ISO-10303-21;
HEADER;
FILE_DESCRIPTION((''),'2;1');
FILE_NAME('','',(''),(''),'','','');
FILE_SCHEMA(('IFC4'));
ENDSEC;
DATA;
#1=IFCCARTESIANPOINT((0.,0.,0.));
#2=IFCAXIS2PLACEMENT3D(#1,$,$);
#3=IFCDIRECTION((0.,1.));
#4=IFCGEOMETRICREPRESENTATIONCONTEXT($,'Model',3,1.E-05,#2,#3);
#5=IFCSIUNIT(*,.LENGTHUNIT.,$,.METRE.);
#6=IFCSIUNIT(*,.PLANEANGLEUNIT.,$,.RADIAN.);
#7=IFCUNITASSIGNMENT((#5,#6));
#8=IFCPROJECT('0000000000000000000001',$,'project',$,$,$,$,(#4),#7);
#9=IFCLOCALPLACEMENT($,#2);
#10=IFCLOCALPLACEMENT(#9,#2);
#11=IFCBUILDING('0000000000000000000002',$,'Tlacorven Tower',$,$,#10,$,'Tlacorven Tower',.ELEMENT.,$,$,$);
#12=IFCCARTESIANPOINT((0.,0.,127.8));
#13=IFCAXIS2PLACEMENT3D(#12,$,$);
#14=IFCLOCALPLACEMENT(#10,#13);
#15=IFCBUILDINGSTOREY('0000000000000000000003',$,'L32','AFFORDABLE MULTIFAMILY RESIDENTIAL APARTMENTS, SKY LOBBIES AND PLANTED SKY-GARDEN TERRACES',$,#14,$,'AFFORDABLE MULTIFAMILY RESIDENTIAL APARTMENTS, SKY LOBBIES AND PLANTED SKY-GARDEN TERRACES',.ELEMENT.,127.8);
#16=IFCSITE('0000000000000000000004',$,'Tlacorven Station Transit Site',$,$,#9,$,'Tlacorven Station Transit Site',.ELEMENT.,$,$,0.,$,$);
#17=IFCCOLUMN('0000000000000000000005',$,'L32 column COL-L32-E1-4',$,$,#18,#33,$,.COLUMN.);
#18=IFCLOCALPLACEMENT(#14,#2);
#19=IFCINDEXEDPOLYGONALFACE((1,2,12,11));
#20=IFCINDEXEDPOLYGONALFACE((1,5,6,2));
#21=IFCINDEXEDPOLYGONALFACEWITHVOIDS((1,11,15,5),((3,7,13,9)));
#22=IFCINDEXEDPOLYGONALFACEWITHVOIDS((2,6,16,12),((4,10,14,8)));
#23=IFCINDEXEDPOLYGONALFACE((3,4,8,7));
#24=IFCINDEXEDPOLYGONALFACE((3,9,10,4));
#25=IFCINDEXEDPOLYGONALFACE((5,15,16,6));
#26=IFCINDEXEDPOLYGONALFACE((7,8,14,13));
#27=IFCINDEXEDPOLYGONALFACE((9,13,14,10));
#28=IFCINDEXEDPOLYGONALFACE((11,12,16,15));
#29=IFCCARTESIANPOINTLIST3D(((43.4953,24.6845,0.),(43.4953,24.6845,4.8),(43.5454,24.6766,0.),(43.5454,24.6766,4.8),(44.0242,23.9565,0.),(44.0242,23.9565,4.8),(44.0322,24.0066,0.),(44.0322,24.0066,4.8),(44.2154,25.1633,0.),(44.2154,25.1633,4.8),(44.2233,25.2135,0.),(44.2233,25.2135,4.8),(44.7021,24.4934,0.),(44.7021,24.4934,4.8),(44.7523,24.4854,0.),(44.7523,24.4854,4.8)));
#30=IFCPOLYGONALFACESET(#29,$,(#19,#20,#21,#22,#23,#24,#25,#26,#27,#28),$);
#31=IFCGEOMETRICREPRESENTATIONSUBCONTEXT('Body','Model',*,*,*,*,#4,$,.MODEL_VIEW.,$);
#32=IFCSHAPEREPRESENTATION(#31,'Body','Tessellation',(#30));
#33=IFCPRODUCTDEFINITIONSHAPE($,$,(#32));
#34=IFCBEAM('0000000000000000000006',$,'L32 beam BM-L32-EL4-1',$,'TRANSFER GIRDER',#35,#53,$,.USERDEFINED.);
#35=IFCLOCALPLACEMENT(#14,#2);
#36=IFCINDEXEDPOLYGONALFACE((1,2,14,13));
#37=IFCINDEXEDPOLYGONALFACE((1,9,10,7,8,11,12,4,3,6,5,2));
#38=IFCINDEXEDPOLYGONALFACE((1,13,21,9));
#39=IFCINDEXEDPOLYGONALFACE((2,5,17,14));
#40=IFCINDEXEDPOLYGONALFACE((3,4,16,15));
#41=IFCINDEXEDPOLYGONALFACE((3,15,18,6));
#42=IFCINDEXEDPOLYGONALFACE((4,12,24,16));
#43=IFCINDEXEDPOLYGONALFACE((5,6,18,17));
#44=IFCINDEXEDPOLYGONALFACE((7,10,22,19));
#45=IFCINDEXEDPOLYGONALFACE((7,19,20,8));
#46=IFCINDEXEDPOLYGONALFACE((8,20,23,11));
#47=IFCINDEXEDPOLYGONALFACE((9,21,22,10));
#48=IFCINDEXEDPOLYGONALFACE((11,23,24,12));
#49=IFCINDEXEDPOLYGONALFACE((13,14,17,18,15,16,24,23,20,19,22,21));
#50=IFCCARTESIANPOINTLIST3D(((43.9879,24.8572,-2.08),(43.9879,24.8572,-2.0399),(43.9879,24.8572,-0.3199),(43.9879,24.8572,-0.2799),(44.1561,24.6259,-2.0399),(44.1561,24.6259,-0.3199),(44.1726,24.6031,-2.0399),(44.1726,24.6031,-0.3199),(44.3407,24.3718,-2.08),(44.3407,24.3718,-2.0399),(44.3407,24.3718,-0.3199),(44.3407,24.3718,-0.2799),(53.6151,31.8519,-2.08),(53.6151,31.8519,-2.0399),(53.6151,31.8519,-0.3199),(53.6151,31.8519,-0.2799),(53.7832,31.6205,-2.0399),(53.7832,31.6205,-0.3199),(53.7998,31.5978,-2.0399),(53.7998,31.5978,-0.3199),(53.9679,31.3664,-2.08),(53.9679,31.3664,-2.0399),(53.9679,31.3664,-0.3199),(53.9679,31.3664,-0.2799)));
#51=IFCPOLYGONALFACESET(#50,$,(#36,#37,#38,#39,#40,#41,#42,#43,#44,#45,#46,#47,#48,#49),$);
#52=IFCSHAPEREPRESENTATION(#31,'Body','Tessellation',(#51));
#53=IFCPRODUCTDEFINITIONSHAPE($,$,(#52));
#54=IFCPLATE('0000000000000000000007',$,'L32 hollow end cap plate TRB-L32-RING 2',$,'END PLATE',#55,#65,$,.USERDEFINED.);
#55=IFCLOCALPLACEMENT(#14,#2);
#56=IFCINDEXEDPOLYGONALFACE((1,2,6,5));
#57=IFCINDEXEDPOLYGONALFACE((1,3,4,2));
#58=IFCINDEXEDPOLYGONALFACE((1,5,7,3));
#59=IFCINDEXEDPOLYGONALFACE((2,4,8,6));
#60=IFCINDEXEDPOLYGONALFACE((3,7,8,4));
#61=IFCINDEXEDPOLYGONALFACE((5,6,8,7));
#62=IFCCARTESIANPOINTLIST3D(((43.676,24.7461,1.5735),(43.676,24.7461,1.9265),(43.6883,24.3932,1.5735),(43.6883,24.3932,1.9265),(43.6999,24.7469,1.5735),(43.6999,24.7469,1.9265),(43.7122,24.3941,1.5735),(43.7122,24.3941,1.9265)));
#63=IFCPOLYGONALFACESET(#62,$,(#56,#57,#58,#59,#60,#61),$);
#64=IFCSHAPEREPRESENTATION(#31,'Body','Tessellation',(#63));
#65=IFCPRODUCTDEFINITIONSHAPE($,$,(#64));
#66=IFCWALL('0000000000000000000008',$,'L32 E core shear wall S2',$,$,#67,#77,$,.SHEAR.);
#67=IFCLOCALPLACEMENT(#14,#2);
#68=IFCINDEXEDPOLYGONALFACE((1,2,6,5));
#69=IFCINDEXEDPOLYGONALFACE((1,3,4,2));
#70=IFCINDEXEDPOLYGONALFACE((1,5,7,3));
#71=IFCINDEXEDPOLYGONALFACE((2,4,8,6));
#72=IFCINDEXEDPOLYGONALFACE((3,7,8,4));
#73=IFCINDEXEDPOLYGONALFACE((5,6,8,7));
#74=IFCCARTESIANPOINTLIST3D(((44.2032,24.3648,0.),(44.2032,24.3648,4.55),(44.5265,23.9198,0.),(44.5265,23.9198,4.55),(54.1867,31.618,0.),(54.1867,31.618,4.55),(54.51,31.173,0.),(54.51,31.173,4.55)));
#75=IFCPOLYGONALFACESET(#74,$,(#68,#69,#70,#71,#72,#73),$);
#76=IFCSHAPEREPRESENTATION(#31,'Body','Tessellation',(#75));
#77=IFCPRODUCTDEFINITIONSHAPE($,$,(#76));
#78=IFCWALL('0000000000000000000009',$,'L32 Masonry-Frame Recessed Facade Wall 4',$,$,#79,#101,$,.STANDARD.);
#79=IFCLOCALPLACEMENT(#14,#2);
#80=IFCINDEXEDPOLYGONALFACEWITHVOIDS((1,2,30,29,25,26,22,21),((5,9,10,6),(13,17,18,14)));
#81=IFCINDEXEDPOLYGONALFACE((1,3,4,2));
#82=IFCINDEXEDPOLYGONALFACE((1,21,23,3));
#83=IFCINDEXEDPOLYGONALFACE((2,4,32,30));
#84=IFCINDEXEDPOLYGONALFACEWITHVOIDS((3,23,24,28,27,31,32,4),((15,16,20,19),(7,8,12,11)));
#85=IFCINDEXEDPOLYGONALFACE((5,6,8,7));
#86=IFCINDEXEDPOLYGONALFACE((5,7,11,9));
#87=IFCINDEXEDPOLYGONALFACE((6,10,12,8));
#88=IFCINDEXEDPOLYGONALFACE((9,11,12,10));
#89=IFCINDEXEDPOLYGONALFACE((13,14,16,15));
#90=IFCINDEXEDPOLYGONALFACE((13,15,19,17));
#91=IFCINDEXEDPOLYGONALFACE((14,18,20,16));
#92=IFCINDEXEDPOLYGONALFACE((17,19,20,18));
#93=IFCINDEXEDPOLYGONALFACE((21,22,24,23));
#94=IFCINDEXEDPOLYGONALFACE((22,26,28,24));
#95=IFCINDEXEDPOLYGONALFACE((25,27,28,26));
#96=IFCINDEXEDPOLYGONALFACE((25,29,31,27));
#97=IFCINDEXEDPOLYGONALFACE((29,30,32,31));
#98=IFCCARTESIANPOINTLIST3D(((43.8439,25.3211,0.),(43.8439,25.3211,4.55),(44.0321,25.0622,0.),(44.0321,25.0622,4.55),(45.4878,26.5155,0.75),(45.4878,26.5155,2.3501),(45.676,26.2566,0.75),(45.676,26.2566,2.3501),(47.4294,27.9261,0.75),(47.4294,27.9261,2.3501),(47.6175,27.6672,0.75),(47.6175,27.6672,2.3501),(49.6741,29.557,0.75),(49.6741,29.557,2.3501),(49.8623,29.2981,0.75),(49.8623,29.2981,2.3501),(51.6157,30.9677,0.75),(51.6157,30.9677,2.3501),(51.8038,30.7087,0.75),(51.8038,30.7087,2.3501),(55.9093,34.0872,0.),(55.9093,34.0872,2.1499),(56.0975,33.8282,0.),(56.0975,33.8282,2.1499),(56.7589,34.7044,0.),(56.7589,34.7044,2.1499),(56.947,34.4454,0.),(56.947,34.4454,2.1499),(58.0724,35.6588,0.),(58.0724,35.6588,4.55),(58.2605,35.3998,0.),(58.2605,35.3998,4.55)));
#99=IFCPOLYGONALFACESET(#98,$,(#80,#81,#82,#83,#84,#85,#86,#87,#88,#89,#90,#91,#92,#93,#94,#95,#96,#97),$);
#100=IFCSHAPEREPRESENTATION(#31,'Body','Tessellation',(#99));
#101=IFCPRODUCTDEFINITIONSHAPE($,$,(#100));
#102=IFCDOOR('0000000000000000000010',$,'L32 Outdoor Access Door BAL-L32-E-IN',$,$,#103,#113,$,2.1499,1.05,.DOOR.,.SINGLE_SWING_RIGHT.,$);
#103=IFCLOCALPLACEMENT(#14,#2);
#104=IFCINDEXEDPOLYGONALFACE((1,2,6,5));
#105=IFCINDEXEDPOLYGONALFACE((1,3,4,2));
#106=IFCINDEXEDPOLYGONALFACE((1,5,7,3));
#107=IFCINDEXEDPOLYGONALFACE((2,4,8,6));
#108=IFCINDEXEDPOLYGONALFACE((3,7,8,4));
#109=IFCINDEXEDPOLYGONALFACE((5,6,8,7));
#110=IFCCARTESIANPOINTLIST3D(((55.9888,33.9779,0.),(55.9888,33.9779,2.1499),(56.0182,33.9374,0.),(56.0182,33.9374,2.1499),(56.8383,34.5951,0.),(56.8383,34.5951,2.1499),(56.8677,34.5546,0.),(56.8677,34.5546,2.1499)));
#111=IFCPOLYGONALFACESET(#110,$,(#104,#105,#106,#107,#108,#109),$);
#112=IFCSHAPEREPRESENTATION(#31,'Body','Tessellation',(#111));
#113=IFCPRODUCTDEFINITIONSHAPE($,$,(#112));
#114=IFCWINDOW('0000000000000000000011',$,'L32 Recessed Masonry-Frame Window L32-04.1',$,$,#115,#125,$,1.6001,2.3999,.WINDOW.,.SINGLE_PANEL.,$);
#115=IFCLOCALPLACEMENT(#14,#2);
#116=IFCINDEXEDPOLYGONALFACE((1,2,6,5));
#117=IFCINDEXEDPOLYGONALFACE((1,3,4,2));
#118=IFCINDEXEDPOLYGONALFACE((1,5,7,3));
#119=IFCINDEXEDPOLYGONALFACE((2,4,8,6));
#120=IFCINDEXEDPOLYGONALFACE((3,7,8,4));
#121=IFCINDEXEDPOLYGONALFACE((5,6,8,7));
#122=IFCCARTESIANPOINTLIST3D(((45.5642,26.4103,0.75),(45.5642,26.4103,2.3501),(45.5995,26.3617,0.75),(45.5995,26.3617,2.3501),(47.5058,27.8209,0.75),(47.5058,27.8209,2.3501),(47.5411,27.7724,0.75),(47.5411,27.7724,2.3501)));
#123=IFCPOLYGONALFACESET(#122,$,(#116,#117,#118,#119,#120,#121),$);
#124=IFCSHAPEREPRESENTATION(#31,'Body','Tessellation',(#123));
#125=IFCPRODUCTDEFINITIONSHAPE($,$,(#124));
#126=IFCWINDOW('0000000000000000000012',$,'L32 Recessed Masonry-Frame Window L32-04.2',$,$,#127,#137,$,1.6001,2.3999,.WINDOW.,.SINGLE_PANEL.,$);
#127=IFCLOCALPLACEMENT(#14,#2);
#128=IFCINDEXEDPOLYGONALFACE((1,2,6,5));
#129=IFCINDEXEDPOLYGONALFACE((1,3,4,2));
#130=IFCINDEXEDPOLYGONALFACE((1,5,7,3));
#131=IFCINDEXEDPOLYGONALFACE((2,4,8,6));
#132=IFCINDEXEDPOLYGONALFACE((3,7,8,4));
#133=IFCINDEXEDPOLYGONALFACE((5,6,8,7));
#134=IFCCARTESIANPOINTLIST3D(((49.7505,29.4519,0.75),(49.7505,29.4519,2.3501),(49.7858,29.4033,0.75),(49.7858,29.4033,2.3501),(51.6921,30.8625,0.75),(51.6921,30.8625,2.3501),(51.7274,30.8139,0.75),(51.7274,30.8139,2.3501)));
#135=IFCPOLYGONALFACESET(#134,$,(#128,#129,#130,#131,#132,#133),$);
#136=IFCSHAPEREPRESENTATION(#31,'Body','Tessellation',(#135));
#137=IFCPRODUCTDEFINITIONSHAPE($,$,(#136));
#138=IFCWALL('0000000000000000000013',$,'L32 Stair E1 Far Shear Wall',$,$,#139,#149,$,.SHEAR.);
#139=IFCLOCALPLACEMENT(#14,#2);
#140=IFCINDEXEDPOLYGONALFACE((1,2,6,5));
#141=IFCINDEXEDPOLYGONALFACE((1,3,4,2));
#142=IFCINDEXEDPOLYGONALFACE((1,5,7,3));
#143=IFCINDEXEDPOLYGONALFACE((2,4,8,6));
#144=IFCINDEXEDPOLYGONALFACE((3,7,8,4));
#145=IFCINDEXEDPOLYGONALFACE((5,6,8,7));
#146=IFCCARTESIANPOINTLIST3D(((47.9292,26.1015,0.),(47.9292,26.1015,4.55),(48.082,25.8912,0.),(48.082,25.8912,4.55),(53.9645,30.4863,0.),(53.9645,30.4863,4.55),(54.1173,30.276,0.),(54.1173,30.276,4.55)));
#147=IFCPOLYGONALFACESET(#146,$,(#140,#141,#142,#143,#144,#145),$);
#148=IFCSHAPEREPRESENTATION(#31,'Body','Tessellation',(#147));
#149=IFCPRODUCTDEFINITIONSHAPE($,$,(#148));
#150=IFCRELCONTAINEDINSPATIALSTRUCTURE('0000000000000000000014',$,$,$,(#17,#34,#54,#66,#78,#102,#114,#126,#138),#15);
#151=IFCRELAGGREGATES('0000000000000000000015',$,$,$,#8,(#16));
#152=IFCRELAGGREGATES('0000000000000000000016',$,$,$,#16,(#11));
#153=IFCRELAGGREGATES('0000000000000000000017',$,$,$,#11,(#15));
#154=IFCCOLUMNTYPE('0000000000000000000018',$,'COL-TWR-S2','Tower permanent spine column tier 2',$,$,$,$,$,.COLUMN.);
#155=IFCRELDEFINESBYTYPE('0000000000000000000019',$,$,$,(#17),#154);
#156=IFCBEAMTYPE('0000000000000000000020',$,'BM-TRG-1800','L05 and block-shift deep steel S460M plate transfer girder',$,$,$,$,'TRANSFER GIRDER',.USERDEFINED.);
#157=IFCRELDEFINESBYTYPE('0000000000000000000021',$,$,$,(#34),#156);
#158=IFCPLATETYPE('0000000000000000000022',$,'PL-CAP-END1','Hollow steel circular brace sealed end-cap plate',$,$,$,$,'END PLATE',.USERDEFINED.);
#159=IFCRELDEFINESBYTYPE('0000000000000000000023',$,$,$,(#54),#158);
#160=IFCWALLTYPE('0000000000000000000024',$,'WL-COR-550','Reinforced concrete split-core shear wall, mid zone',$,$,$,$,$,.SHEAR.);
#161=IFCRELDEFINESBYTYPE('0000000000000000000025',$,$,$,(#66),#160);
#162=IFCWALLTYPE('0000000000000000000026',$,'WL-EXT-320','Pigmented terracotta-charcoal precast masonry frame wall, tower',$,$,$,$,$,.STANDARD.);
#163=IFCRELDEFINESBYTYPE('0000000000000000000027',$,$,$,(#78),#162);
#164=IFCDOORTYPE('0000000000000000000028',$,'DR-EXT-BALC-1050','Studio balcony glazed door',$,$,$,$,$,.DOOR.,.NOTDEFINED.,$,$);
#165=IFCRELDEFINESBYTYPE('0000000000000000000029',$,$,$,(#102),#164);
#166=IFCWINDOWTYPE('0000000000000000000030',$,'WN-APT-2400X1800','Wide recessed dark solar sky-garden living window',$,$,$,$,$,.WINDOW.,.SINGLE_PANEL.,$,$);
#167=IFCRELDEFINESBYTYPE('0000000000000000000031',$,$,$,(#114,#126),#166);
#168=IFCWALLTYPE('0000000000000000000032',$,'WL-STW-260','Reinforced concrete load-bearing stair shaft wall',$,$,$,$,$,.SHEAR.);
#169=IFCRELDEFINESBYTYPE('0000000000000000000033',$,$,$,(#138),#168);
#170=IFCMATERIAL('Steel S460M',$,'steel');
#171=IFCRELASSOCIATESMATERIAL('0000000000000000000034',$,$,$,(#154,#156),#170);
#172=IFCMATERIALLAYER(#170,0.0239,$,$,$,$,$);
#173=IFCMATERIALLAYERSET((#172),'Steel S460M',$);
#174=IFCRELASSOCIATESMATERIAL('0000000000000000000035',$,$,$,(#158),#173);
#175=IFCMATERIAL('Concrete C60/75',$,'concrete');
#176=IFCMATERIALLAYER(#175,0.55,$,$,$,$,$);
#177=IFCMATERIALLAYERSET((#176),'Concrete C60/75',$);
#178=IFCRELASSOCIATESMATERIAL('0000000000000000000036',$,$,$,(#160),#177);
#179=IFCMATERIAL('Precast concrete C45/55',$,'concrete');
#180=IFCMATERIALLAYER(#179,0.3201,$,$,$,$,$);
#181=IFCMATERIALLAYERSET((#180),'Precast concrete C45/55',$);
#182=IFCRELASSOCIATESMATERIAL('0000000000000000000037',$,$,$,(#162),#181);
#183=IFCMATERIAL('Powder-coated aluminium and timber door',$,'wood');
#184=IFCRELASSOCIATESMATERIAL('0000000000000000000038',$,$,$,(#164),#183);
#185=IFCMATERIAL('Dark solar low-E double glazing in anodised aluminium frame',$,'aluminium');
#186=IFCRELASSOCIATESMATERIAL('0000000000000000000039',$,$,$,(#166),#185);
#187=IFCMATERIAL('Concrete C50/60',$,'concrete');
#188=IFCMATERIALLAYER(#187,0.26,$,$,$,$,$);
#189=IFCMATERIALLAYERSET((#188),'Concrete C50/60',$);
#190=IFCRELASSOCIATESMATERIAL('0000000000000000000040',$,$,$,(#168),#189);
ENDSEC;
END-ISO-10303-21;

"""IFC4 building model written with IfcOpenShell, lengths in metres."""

from ifc_helpers import new_model, si_unit, direction, frame, frame_2d, origin, origin_2d, place, context, subcontext, project, spatial, rectangle, hollow_rectangle, i_section, extrude, source, transform, mapped, material, layer, layer_set, material_profile, profile_set, type_object, element, fill, save


model = new_model("IFC4")

# Units and contexts
model_context = context("Model", 3, precision=1e-05, world=origin(), true_north=direction((0.0, 1.0)))
body_context = subcontext(model_context, "Body", "Model", "MODEL_VIEW")
ifc_project = project(units=[si_unit("LENGTHUNIT", "METRE"), si_unit("PLANEANGLEUNIT", "RADIAN")], contexts=[model_context])

# Site, building, storey
site_placement = place(None, origin())
site = spatial("IfcSite", under=ifc_project, at=site_placement, Name="Tlacorven Station Transit Site", LongName="Tlacorven Station Transit Site", CompositionType="ELEMENT", RefElevation=0.0)
building_placement = place(site_placement, origin())
building = spatial("IfcBuilding", under=site, at=building_placement, Name="Tlacorven Tower", LongName="Tlacorven Tower", CompositionType="ELEMENT")
storey_placement = place(building_placement, frame((0.0, 0.0, 127.8)))
storey = spatial("IfcBuildingStorey", under=building, at=storey_placement, Name="L32", Description="AFFORDABLE MULTIFAMILY RESIDENTIAL APARTMENTS, SKY LOBBIES AND PLANTED SKY-GARDEN TERRACES", LongName="AFFORDABLE MULTIFAMILY RESIDENTIAL APARTMENTS, SKY LOBBIES AND PLANTED SKY-GARDEN TERRACES", CompositionType="ELEMENT", Elevation=127.8)

# Column
ifc_material_1 = material(Name="Steel S460M", Category="steel")
ifc_material_profile_1 = material_profile(ifc_material_1, hollow_rectangle(XDim=0.8999, YDim=0.8999, WallThickness=0.0359, at=origin_2d()), Name="BOX 900X900X36")
ifc_profile_set_1 = profile_set([ifc_material_profile_1], Name="Steel S460M")
column_type = type_object("IfcColumnType", Name="COL-TWR-S2", Description="Tower permanent spine column tier 2", PredefinedType="COLUMN", material=ifc_profile_set_1)
shared_shape_1 = source(origin(), body_context, "Body", "SweptSolid", [
    extrude(hollow_rectangle(XDim=0.8999, YDim=0.8999, WallThickness=0.0359, at=origin_2d()), origin(), (0.0, 0.0, 1.0), 4.8),
])
column_placement = place(storey_placement, frame((44.1238, 24.585, 0.0), z_axis=(0.0, 0.0, 1.0), x_axis=(0.809017, 0.587785, 0.0)))
element("IfcColumn", 1, at=column_placement, inside=storey, type_object=column_type, Name="L32 column COL-L32-E1-4", PredefinedType="COLUMN", context=body_context, shape_type="MappedRepresentation", body=[
    mapped(shared_shape_1, transform((0.0, 0.0, 0.0), scale=1.0)),
])

# Beam
ifc_material_profile_2 = material_profile(ifc_material_1, i_section(OverallWidth=0.6001, OverallDepth=1.8, WebThickness=0.0281, FlangeThickness=0.04, at=origin_2d()), Name="PG 1800X600X28X40")
ifc_profile_set_2 = profile_set([ifc_material_profile_2], Name="Steel S460M")
beam_type = type_object("IfcBeamType", Name="BM-TRG-1800", Description="L05 and block-shift deep steel S460M plate transfer girder", ElementType="TRANSFER GIRDER", PredefinedType="USERDEFINED", material=ifc_profile_set_2)
shared_shape_2 = source(origin(), body_context, "Body", "SweptSolid", [
    extrude(i_section(OverallWidth=0.6001, OverallDepth=1.8, WebThickness=0.0281, FlangeThickness=0.04, at=origin_2d()), origin(), (0.0, 0.0, 1.0), 11.8999),
])
beam_placement = place(storey_placement, frame((44.1643, 24.6145, -1.1799), z_axis=(0.809015, 0.587789, 0.0), x_axis=(-0.587789, 0.809015, 0.0)))
element("IfcBeam", 2, at=beam_placement, inside=storey, type_object=beam_type, Name="L32 beam BM-L32-EL4-1", ObjectType="TRANSFER GIRDER", PredefinedType="USERDEFINED", context=body_context, shape_type="MappedRepresentation", body=[
    mapped(shared_shape_2, transform((0.0, 0.0, 0.0), scale=1.0)),
])

# Plate
ifc_layer_1 = layer(ifc_material_1, 0.0239)
ifc_layer_set_1 = layer_set([ifc_layer_1], Name="Steel S460M")
plate_type = type_object("IfcPlateType", Name="PL-CAP-END1", Description="Hollow steel circular brace sealed end-cap plate", ElementType="END PLATE", PredefinedType="USERDEFINED", material=ifc_layer_set_1)
shared_shape_3 = source(origin(), body_context, "Body", "SweptSolid", [
    extrude(rectangle(XDim=0.0239, YDim=0.353, at=origin_2d()), origin(), (0.0, 0.0, 1.0), 0.353),
])
plate_placement = place(storey_placement, frame((43.6941, 24.5701, 1.5735), z_axis=(0.0, 0.0, 1.0), x_axis=(0.999391, 0.034899, 0.0)))
element("IfcPlate", 3, at=plate_placement, inside=storey, type_object=plate_type, Name="L32 hollow end cap plate TRB-L32-RING 2", ObjectType="END PLATE", PredefinedType="USERDEFINED", context=body_context, shape_type="MappedRepresentation", body=[
    mapped(shared_shape_3, transform((0.0, 0.0, 0.0), scale=1.0)),
])

# Wall
ifc_material_2 = material(Name="Concrete C60/75", Category="concrete")
ifc_layer_2 = layer(ifc_material_2, 0.55)
ifc_layer_set_2 = layer_set([ifc_layer_2], Name="Concrete C60/75")
wall_type_1 = type_object("IfcWallType", Name="WL-COR-550", Description="Reinforced concrete split-core shear wall, mid zone", PredefinedType="SHEAR", material=ifc_layer_set_2)
wall_1_placement = place(storey_placement, frame((44.365, 24.1423, 0.0), z_axis=(0.0, 0.0, 1.0), x_axis=(0.809024, 0.587775, 0.0)))
element("IfcWall", 4, at=wall_1_placement, inside=storey, type_object=wall_type_1, Name="L32 E core shear wall S2", PredefinedType="SHEAR", context=body_context, shape_type="SweptSolid", body=[
    extrude(rectangle(XDim=12.3401, YDim=0.55, at=frame_2d((6.1699, 0.0))), origin(), (0.0, 0.0, 1.0), 4.55),
])

# Wall, openings, door, windows
ifc_material_3 = material(Name="Precast concrete C45/55", Category="concrete")
ifc_layer_3 = layer(ifc_material_3, 0.3201)
ifc_layer_set_3 = layer_set([ifc_layer_3], Name="Precast concrete C45/55")
wall_type_2 = type_object("IfcWallType", Name="WL-EXT-320", Description="Pigmented terracotta-charcoal precast masonry frame wall, tower", PredefinedType="STANDARD", material=ifc_layer_set_3)
wall_2_placement = place(storey_placement, frame((43.938, 25.1917, 0.0), z_axis=(0.0, 0.0, 1.0), x_axis=(0.809016, 0.587786, 0.0)))
wall_2 = element("IfcWall", 5, at=wall_2_placement, inside=storey, type_object=wall_type_2, Name="L32 Masonry-Frame Recessed Facade Wall 4", PredefinedType="STANDARD", context=body_context, shape_type="SweptSolid", body=[
    extrude(rectangle(XDim=17.5874, YDim=0.3201, at=frame_2d((8.7937, 0.0))), origin(), (0.0, 0.0, 1.0), 4.55),
])
opening_1_placement = place(wall_2_placement, frame((14.9138, 0.0, 0.0)))
opening_1 = element("IfcOpeningElement", 6, at=opening_1_placement, cuts=wall_2, PredefinedType="OPENING", context=body_context, shape_type="SweptSolid", body=[
    extrude(rectangle(XDim=1.05, YDim=2.1499, at=frame_2d((0.5249, 1.075))), frame((0.0, 0.1699, 0.0), z_axis=(0.0, -1.0, 0.0), x_axis=(1.0, 0.0, 0.0)), (0.0, 0.0, 1.0), 0.3401),
])
opening_2_placement = place(wall_2_placement, frame((2.032, 0.0, 0.75)))
opening_2 = element("IfcOpeningElement", 7, at=opening_2_placement, cuts=wall_2, PredefinedType="OPENING", context=body_context, shape_type="SweptSolid", body=[
    extrude(rectangle(XDim=2.3999, YDim=1.6001, at=frame_2d((1.2, 0.8))), frame((0.0, 0.1699, 0.0), z_axis=(0.0, -1.0, 0.0), x_axis=(1.0, 0.0, 0.0)), (0.0, 0.0, 1.0), 0.3401),
])
opening_3_placement = place(wall_2_placement, frame((7.2065, 0.0, 0.75)))
opening_3 = element("IfcOpeningElement", 8, at=opening_3_placement, cuts=wall_2, PredefinedType="OPENING", context=body_context, shape_type="SweptSolid", body=[
    extrude(rectangle(XDim=2.3999, YDim=1.6001, at=frame_2d((1.2, 0.8))), frame((0.0, 0.1699, 0.0), z_axis=(0.0, -1.0, 0.0), x_axis=(1.0, 0.0, 0.0)), (0.0, 0.0, 1.0), 0.3401),
])
ifc_material_4 = material(Name="Powder-coated aluminium and timber door", Category="wood")
door_type = type_object("IfcDoorType", Name="DR-EXT-BALC-1050", Description="Studio balcony glazed door", OperationType="NOTDEFINED", PredefinedType="DOOR", material=ifc_material_4)
shared_shape_4 = source(origin(), body_context, "Body", "SweptSolid", [
    extrude(rectangle(XDim=1.05, YDim=2.1499, at=frame_2d((0.5249, 1.075))), frame((0.0, 0.0249, 0.0), z_axis=(0.0, -1.0, 0.0), x_axis=(1.0, 0.0, 0.0)), (0.0, 0.0, 1.0), 0.05),
])
door_placement = place(opening_1_placement, origin())
door = element("IfcDoor", 9, at=door_placement, inside=storey, type_object=door_type, Name="L32 Outdoor Access Door BAL-L32-E-IN", OperationType="SINGLE_SWING_RIGHT", OverallHeight=2.1499, OverallWidth=1.05, PredefinedType="DOOR", context=body_context, shape_type="MappedRepresentation", body=[
    mapped(shared_shape_4, transform((0.0, 0.0, 0.0), scale=1.0)),
])
fill(opening_1, door)
ifc_material_5 = material(Name="Dark solar low-E double glazing in anodised aluminium frame", Category="aluminium")
window_type = type_object("IfcWindowType", Name="WN-APT-2400X1800", Description="Wide recessed dark solar sky-garden living window", PartitioningType="SINGLE_PANEL", PredefinedType="WINDOW", material=ifc_material_5)
shared_shape_5 = source(origin(), body_context, "Body", "SweptSolid", [
    extrude(rectangle(XDim=2.3999, YDim=1.6001, at=frame_2d((1.2, 0.8))), frame((0.0, 0.03, 0.0), z_axis=(0.0, -1.0, 0.0), x_axis=(1.0, 0.0, 0.0)), (0.0, 0.0, 1.0), 0.0601),
])
window_1_placement = place(opening_2_placement, origin())
window_1 = element("IfcWindow", 10, at=window_1_placement, inside=storey, type_object=window_type, Name="L32 Recessed Masonry-Frame Window L32-04.1", OverallHeight=1.6001, OverallWidth=2.3999, PartitioningType="SINGLE_PANEL", PredefinedType="WINDOW", context=body_context, shape_type="MappedRepresentation", body=[
    mapped(shared_shape_5, transform((0.0, 0.0, 0.0), scale=1.0)),
])
fill(opening_2, window_1)
window_2_placement = place(opening_3_placement, origin())
window_2 = element("IfcWindow", 11, at=window_2_placement, inside=storey, type_object=window_type, Name="L32 Recessed Masonry-Frame Window L32-04.2", OverallHeight=1.6001, OverallWidth=2.3999, PartitioningType="SINGLE_PANEL", PredefinedType="WINDOW", context=body_context, shape_type="MappedRepresentation", body=[
    mapped(shared_shape_5, transform((0.0, 0.0, 0.0), scale=1.0)),
])
fill(opening_3, window_2)

# Wall
ifc_material_6 = material(Name="Concrete C50/60", Category="concrete")
ifc_layer_4 = layer(ifc_material_6, 0.26)
ifc_layer_set_4 = layer_set([ifc_layer_4], Name="Concrete C50/60")
wall_type_3 = type_object("IfcWallType", Name="WL-STW-260", Description="Reinforced concrete load-bearing stair shaft wall", PredefinedType="SHEAR", material=ifc_layer_set_4)
wall_3_placement = place(storey_placement, frame((48.0056, 25.9963, 0.0), z_axis=(0.0, 0.0, 1.0), x_axis=(0.809019, 0.587782, 0.0)))
element("IfcWall", 12, at=wall_3_placement, inside=storey, type_object=wall_type_3, Name="L32 Stair E1 Far Shear Wall", PredefinedType="SHEAR", context=body_context, shape_type="SweptSolid", body=[
    extrude(rectangle(XDim=7.46, YDim=0.26, at=frame_2d((3.73, 0.0))), origin(), (0.0, 0.0, 1.0), 4.55),
])

save(model, "model.ifc")
